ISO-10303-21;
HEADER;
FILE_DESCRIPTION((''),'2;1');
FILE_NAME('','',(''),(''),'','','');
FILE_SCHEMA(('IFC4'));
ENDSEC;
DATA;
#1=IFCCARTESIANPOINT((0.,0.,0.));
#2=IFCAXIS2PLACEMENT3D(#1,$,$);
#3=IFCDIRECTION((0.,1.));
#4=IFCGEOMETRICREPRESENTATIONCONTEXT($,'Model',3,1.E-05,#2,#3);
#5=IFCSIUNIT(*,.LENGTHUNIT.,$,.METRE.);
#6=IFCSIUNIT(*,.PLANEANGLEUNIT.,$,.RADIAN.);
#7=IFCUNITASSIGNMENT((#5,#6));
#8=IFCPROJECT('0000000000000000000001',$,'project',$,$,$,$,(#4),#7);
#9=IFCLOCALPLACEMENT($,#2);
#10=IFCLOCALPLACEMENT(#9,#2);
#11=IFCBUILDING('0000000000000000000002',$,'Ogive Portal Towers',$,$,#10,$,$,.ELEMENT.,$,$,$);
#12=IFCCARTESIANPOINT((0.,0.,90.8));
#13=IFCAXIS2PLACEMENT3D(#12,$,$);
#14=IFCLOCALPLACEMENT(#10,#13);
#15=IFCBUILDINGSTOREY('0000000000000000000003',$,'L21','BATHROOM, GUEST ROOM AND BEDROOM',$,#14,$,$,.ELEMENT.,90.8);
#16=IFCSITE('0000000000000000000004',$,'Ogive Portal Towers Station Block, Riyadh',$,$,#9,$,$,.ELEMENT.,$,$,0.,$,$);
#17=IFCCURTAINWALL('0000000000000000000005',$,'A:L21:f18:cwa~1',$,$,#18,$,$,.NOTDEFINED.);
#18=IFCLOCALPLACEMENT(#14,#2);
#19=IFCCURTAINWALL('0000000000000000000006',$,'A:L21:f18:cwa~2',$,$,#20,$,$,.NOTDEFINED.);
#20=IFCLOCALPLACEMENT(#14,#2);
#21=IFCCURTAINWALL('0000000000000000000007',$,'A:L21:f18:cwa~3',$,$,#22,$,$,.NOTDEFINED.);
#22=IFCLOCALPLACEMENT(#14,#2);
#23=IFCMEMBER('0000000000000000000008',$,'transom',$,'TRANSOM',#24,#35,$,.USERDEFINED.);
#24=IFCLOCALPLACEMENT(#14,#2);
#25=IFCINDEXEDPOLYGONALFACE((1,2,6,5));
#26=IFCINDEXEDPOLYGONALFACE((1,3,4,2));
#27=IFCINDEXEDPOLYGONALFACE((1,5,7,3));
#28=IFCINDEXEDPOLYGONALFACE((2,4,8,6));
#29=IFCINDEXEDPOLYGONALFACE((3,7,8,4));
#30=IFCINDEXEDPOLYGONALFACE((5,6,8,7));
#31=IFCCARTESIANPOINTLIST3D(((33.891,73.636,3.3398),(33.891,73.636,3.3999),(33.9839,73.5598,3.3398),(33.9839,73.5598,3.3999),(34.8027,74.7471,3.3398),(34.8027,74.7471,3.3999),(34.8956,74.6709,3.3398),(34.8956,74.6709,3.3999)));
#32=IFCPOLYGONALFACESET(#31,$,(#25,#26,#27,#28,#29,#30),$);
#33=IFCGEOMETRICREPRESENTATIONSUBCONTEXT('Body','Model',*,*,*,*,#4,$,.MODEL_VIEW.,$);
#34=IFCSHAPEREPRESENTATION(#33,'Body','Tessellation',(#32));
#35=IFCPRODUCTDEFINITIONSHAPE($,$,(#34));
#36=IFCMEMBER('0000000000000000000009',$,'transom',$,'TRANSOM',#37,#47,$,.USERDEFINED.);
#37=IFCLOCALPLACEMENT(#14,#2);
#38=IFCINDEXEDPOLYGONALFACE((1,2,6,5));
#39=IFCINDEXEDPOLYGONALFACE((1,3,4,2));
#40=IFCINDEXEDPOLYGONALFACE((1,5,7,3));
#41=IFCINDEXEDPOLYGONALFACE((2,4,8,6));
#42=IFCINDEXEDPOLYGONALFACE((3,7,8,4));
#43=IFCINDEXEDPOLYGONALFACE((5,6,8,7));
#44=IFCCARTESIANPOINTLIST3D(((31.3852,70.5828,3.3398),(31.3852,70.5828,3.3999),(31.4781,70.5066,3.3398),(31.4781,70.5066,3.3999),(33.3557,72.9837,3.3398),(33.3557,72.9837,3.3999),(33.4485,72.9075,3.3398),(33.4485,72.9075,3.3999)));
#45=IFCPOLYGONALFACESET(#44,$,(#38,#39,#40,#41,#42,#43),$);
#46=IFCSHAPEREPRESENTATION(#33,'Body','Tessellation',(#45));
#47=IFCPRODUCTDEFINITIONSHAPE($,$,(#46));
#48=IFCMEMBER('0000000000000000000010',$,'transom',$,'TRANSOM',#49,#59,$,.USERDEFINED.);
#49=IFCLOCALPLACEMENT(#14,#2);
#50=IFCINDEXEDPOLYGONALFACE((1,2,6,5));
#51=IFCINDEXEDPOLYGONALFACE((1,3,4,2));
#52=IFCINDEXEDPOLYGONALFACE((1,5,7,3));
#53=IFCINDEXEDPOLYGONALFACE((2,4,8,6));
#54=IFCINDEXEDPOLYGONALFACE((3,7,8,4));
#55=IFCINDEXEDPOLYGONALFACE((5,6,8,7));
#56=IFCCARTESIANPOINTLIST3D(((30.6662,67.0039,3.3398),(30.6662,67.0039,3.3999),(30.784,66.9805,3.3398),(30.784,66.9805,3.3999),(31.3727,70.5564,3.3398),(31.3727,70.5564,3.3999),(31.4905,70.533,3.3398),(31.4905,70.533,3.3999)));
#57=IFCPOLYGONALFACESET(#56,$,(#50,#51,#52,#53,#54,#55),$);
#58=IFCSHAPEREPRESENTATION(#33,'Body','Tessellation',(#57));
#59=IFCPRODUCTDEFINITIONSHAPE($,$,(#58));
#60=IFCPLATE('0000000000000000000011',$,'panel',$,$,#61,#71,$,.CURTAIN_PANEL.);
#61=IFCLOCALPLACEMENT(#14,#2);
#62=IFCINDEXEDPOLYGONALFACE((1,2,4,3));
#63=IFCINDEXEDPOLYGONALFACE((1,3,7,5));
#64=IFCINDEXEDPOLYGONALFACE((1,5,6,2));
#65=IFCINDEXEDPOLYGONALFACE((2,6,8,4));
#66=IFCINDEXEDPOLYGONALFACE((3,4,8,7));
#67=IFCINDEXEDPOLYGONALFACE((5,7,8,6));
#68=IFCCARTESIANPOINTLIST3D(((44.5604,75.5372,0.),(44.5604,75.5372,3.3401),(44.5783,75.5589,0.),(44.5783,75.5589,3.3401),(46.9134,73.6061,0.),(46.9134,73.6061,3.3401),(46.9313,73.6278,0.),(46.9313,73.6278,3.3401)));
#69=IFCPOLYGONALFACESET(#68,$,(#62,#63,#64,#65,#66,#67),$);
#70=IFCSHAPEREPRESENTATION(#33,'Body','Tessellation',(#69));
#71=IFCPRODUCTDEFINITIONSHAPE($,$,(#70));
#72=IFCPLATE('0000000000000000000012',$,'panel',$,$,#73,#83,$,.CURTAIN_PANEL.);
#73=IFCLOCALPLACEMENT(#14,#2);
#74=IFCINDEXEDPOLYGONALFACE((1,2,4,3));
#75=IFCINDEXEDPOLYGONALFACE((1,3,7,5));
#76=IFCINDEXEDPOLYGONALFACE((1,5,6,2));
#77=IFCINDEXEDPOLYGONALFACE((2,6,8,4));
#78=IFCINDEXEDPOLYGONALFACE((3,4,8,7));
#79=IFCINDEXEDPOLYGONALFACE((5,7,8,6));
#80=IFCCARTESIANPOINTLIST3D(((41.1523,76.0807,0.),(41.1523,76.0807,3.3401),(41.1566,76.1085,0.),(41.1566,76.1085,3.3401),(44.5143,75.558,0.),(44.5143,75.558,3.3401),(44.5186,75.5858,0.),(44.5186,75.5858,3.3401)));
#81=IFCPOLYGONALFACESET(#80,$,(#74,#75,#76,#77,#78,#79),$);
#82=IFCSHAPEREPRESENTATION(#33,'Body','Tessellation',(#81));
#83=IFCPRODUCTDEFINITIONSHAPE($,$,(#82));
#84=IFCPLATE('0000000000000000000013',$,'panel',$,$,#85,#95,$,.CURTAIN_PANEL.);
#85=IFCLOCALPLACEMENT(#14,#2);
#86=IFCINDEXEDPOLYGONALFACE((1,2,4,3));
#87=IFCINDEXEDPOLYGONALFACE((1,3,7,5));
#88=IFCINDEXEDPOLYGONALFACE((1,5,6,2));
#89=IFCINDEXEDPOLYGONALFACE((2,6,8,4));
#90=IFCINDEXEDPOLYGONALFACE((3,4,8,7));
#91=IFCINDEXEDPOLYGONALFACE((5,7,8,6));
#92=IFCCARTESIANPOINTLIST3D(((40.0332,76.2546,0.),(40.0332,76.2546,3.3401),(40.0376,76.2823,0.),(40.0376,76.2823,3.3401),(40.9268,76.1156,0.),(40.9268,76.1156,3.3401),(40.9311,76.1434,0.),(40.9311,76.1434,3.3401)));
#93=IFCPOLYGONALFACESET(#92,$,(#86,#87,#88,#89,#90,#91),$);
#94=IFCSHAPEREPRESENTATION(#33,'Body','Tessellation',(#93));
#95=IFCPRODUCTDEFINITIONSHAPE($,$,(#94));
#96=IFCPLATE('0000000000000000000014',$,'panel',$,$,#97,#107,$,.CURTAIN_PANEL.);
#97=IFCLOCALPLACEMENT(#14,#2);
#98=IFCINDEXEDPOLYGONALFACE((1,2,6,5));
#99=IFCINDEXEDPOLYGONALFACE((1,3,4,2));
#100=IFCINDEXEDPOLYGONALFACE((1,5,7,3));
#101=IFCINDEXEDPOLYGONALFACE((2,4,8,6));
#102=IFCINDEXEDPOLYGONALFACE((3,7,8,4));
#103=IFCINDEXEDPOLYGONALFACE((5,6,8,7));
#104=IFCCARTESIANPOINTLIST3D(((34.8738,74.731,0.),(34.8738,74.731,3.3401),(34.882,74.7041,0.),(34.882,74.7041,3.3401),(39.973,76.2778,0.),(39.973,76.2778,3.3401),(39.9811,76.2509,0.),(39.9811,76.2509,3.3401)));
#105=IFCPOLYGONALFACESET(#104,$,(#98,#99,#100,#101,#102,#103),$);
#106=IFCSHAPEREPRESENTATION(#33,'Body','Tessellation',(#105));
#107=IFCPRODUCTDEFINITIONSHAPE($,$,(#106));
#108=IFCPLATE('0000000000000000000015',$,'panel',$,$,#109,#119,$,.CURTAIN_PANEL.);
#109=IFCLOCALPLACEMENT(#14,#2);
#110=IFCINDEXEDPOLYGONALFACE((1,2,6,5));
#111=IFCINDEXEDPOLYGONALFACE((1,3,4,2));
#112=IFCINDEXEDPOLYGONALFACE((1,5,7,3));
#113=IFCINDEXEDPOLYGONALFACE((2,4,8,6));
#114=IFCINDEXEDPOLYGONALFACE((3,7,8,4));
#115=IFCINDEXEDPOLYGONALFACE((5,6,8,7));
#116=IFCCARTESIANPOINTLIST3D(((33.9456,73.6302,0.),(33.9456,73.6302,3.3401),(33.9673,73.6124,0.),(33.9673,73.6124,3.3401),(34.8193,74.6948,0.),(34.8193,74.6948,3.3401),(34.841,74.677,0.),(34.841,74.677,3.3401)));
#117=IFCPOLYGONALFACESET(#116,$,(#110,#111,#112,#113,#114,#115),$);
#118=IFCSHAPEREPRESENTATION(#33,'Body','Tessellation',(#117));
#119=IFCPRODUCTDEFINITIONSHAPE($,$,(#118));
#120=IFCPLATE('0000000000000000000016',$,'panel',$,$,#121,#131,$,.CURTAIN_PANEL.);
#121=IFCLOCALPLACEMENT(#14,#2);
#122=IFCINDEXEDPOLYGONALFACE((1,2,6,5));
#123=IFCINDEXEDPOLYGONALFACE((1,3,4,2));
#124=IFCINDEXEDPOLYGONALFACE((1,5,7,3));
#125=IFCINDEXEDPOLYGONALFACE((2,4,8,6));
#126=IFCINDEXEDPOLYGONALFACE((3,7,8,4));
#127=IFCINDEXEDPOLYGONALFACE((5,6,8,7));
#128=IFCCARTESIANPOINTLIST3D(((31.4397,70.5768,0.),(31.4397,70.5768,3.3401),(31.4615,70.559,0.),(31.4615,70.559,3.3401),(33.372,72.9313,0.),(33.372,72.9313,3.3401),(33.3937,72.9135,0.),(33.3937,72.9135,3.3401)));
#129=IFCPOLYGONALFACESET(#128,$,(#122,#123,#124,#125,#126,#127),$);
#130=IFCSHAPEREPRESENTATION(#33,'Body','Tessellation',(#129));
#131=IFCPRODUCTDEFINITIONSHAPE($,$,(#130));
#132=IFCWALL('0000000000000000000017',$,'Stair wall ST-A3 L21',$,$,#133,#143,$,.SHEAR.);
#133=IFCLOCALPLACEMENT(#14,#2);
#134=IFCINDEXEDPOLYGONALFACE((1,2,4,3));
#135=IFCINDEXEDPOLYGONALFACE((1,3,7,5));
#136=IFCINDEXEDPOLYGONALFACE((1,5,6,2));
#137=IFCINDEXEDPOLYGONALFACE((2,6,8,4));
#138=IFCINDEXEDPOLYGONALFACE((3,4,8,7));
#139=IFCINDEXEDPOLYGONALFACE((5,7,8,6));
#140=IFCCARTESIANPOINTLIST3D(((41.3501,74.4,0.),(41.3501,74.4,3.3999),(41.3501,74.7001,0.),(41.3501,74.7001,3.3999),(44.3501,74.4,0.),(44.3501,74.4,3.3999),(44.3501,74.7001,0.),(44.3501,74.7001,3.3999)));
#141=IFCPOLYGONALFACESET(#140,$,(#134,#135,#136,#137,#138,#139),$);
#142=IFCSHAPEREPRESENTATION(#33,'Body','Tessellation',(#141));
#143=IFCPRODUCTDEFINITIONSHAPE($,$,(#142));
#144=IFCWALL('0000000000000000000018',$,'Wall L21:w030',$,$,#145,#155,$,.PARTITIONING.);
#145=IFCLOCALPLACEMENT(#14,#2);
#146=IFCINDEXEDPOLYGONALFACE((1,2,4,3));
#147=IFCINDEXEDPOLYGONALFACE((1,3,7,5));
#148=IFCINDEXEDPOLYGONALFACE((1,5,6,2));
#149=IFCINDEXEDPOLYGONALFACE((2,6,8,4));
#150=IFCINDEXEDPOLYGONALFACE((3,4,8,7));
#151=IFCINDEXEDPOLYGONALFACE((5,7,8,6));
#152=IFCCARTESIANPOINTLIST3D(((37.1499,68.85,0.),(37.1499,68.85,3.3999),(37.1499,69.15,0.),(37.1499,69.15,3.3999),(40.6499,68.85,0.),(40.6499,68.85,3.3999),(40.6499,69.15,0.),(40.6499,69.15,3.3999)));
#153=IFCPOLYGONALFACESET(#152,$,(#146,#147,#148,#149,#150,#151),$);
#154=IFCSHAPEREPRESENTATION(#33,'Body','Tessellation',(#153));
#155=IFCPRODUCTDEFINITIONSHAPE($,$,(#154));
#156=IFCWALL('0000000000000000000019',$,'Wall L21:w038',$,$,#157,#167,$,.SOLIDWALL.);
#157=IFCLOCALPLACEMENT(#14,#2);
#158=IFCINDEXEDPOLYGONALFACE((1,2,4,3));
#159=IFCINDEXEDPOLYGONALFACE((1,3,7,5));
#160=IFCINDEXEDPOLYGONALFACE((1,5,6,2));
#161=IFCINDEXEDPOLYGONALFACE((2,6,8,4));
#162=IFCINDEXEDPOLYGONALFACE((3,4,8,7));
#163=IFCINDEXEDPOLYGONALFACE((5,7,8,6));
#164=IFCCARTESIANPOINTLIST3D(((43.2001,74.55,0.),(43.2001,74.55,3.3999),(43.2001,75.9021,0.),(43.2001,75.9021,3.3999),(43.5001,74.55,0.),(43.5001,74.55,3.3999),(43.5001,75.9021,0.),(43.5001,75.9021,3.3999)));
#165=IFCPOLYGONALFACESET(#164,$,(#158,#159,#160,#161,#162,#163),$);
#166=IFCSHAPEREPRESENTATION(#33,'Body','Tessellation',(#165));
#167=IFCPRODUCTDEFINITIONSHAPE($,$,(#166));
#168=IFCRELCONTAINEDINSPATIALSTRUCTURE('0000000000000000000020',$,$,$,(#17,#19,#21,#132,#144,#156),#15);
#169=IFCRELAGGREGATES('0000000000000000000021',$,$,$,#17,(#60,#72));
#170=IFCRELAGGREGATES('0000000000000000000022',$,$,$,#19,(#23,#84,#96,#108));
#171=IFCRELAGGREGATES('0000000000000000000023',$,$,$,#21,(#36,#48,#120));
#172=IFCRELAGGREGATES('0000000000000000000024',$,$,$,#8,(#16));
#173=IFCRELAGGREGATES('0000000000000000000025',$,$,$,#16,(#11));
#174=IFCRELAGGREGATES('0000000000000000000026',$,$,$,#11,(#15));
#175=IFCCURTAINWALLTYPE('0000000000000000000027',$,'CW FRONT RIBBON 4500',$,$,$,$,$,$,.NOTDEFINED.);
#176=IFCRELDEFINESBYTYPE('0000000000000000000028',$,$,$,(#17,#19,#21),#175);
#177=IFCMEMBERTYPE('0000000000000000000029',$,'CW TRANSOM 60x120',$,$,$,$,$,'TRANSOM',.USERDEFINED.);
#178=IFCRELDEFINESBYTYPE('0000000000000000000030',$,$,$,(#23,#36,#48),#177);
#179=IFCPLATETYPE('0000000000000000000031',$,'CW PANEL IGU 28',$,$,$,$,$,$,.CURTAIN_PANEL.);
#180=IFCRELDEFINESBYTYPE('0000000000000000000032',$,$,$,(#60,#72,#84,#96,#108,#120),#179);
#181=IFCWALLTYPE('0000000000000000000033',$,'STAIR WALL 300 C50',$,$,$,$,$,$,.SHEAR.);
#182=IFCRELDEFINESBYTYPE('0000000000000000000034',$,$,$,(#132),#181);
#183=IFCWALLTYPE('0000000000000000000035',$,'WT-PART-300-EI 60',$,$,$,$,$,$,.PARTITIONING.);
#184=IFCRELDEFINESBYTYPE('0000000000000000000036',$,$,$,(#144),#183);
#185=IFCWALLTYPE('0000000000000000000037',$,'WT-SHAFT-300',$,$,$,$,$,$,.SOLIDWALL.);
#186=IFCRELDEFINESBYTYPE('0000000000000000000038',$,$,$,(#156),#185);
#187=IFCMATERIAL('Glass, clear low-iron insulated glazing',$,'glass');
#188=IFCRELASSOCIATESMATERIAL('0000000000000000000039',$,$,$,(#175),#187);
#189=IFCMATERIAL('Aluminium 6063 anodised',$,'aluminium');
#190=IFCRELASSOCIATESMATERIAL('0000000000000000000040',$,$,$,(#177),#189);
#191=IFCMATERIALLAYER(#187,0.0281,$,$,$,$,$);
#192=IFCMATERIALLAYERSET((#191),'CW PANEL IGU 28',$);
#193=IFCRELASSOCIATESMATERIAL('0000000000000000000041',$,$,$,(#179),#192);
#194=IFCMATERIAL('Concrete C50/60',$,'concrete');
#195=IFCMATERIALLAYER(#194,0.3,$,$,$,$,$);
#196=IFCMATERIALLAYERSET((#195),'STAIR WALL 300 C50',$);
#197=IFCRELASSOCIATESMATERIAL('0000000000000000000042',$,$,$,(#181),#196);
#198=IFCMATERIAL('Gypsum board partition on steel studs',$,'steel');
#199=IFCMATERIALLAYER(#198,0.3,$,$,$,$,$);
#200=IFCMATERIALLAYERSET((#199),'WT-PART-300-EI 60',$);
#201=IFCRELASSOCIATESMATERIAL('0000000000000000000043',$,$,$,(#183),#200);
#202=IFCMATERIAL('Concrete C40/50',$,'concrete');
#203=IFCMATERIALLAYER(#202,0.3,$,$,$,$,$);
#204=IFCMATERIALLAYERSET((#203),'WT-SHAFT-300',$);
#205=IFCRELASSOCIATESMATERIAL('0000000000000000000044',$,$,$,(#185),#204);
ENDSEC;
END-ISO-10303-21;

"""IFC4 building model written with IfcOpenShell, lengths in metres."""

from ifc_helpers import new_model, si_unit, direction, frame, frame_2d, origin, origin_2d, place, context, subcontext, project, spatial, rectangle, extrude, material, layer, layer_set, material_profile, profile_set, type_object, element, aggregate, save


model = new_model("IFC4")

# Units and contexts
model_context = context("Model", 3, precision=1e-05, world=origin(), true_north=direction((0.0, 1.0)))
body_context = subcontext(model_context, "Body", "Model", "MODEL_VIEW")
ifc_project = project(units=[si_unit("LENGTHUNIT", "METRE"), si_unit("PLANEANGLEUNIT", "RADIAN")], contexts=[model_context])

# Site, building, storey
site_placement = place(None, origin())
site = spatial("IfcSite", under=ifc_project, at=site_placement, Name="Ogive Portal Towers Station Block, Riyadh", CompositionType="ELEMENT", RefElevation=0.0)
building_placement = place(site_placement, origin())
building = spatial("IfcBuilding", under=site, at=building_placement, Name="Ogive Portal Towers", CompositionType="ELEMENT")
storey_placement = place(building_placement, frame((0.0, 0.0, 90.8)))
storey = spatial("IfcBuildingStorey", under=building, at=storey_placement, Name="L21", Description="BATHROOM, GUEST ROOM AND BEDROOM", CompositionType="ELEMENT", Elevation=90.8)

# Shared definitions
ifc_material_1 = material(Name="Concrete C40/50", Category="concrete")

# Curtain walls
ifc_material_2 = material(Name="Glass, clear low-iron insulated glazing", Category="glass")
curtain_wall_type = type_object("IfcCurtainWallType", Name="CW FRONT RIBBON 4500", PredefinedType="NOTDEFINED", material=ifc_material_2)
curtain_wall_1_placement = place(storey_placement, origin())
curtain_wall_1 = element("IfcCurtainWall", 1, at=curtain_wall_1_placement, inside=storey, type_object=curtain_wall_type, Name="A:L21:f18:cwa~1", PredefinedType="NOTDEFINED")
ifc_material_3 = material(Name="Aluminium 6063 anodised", Category="aluminium")
curtain_wall_2_placement = place(storey_placement, origin())
curtain_wall_2 = element("IfcCurtainWall", 2, at=curtain_wall_2_placement, inside=storey, type_object=curtain_wall_type, Name="A:L21:f18:cwa~2", PredefinedType="NOTDEFINED")
curtain_wall_3_placement = place(storey_placement, origin())
curtain_wall_3 = element("IfcCurtainWall", 3, at=curtain_wall_3_placement, inside=storey, type_object=curtain_wall_type, Name="A:L21:f18:cwa~3", PredefinedType="NOTDEFINED")

# Members
ifc_material_profile_1 = material_profile(ifc_material_3, rectangle(XDim=0.1201, YDim=0.0601, at=origin_2d()), Name="AL 120x60")
ifc_profile_set_1 = profile_set([ifc_material_profile_1], Name="Aluminium 6063 anodised")
member_type_1 = type_object("IfcMemberType", Name="CW TRANSOM 60x120", ElementType="TRANSOM", PredefinedType="USERDEFINED", material=ifc_profile_set_1)
member_1_placement = place(storey_placement, frame((34.8491, 74.709, 3.3699), z_axis=(-0.634301, -0.773086, 0.0), x_axis=(0.773086, -0.634301, 0.0)))
member_1 = element("IfcMember", 4, at=member_1_placement, type_object=member_type_1, Name="transom", ObjectType="TRANSOM", PredefinedType="USERDEFINED", context=body_context, shape_type="SweptSolid", body=[
    extrude(rectangle(XDim=0.1201, YDim=0.0601, at=origin_2d()), origin(), (0.0, 0.0, 1.0), 1.4373),
])
member_2_placement = place(storey_placement, frame((33.4021, 72.9456, 3.3699), z_axis=(-0.634414, -0.772993, 0.0), x_axis=(0.772993, -0.634414, 0.0)))
member_2 = element("IfcMember", 5, at=member_2_placement, type_object=member_type_1, Name="transom", ObjectType="TRANSOM", PredefinedType="USERDEFINED", context=body_context, shape_type="SweptSolid", body=[
    extrude(rectangle(XDim=0.1201, YDim=0.0601, at=origin_2d()), origin(), (0.0, 0.0, 1.0), 3.106),
])
member_3_placement = place(storey_placement, frame((31.4316, 70.5447, 3.3699), z_axis=(-0.195066, -0.98079, 0.0), x_axis=(0.98079, -0.195066, 0.0)))
member_3 = element("IfcMember", 6, at=member_3_placement, type_object=member_type_1, Name="transom", ObjectType="TRANSOM", PredefinedType="USERDEFINED", context=body_context, shape_type="SweptSolid", body=[
    extrude(rectangle(XDim=0.1201, YDim=0.0601, at=origin_2d()), origin(), (0.0, 0.0, 1.0), 3.6221),
])

# Plates
ifc_layer_1 = layer(ifc_material_2, 0.0281)
ifc_layer_set_1 = layer_set([ifc_layer_1], Name="CW PANEL IGU 28")
plate_type = type_object("IfcPlateType", Name="CW PANEL IGU 28", PredefinedType="CURTAIN_PANEL", material=ifc_layer_set_1)
plate_1_placement = place(storey_placement, frame((45.7458, 74.5825, 0.0), z_axis=(0.0, 0.0, 1.0), x_axis=(-0.77301, 0.634393, 0.0)))
plate_1 = element("IfcPlate", 7, at=plate_1_placement, type_object=plate_type, Name="panel", PredefinedType="CURTAIN_PANEL", context=body_context, shape_type="SweptSolid", body=[
    extrude(rectangle(XDim=3.0439, YDim=0.0281, at=origin_2d()), origin(), (0.0, 0.0, 1.0), 3.3401),
])
plate_2_placement = place(storey_placement, frame((42.8354, 75.8333, 0.0), z_axis=(0.0, 0.0, 1.0), x_axis=(-0.988128, 0.153636, 0.0)))
plate_2 = element("IfcPlate", 8, at=plate_2_placement, type_object=plate_type, Name="panel", PredefinedType="CURTAIN_PANEL", context=body_context, shape_type="SweptSolid", body=[
    extrude(rectangle(XDim=3.4023, YDim=0.0281, at=origin_2d()), origin(), (0.0, 0.0, 1.0), 3.3401),
])
aggregate(curtain_wall_1, [plate_1, plate_2])
plate_3_placement = place(storey_placement, frame((40.4822, 76.199, 0.0), z_axis=(0.0, 0.0, 1.0), x_axis=(-0.988128, 0.153636, 0.0)))
plate_3 = element("IfcPlate", 9, at=plate_3_placement, type_object=plate_type, Name="panel", PredefinedType="CURTAIN_PANEL", context=body_context, shape_type="SweptSolid", body=[
    extrude(rectangle(XDim=0.9043, YDim=0.0281, at=origin_2d()), origin(), (0.0, 0.0, 1.0), 3.3401),
])
plate_4_placement = place(storey_placement, frame((37.4275, 75.491, 0.0), z_axis=(0.0, 0.0, 1.0), x_axis=(-0.95694, -0.290285, 0.0)))
plate_4 = element("IfcPlate", 10, at=plate_4_placement, type_object=plate_type, Name="panel", PredefinedType="CURTAIN_PANEL", context=body_context, shape_type="SweptSolid", body=[
    extrude(rectangle(XDim=5.3286, YDim=0.0281, at=origin_2d()), origin(), (0.0, 0.0, 1.0), 3.3401),
])
plate_5_placement = place(storey_placement, frame((34.3933, 74.1536, 0.0), z_axis=(0.0, 0.0, 1.0), x_axis=(-0.634393, -0.77301, 0.0)))
plate_5 = element("IfcPlate", 11, at=plate_5_placement, type_object=plate_type, Name="panel", PredefinedType="CURTAIN_PANEL", context=body_context, shape_type="SweptSolid", body=[
    extrude(rectangle(XDim=1.3772, YDim=0.0281, at=origin_2d()), origin(), (0.0, 0.0, 1.0), 3.3401),
])
aggregate(curtain_wall_2, [member_1, plate_3, plate_4, plate_5])
plate_6_placement = place(storey_placement, frame((32.4167, 71.7451, 0.0), z_axis=(0.0, 0.0, 1.0), x_axis=(-0.634393, -0.77301, 0.0)))
plate_6 = element("IfcPlate", 12, at=plate_6_placement, type_object=plate_type, Name="panel", PredefinedType="CURTAIN_PANEL", context=body_context, shape_type="SweptSolid", body=[
    extrude(rectangle(XDim=3.0459, YDim=0.0281, at=origin_2d()), origin(), (0.0, 0.0, 1.0), 3.3401),
])
aggregate(curtain_wall_3, [member_2, member_3, plate_6])

# Walls
ifc_material_4 = material(Name="Concrete C50/60", Category="concrete")
ifc_layer_2 = layer(ifc_material_4, 0.3)
ifc_layer_set_2 = layer_set([ifc_layer_2], Name="STAIR WALL 300 C50")
wall_type_1 = type_object("IfcWallType", Name="STAIR WALL 300 C50", PredefinedType="SHEAR", material=ifc_layer_set_2)
wall_1_placement = place(storey_placement, frame((41.3501, 74.55, 0.0), z_axis=(0.0, 0.0, 1.0), x_axis=(1.0, 0.0, 0.0)))
element("IfcWall", 13, at=wall_1_placement, inside=storey, type_object=wall_type_1, Name="Stair wall ST-A3 L21", PredefinedType="SHEAR", context=body_context, shape_type="SweptSolid", body=[
    extrude(rectangle(XDim=3.0, YDim=0.3, at=frame_2d((1.5, 0.0))), origin(), (0.0, 0.0, 1.0), 3.3999),
])
ifc_material_5 = material(Name="Gypsum board partition on steel studs", Category="steel")
ifc_layer_3 = layer(ifc_material_5, 0.3)
ifc_layer_set_3 = layer_set([ifc_layer_3], Name="WT-PART-300-EI 60")
wall_type_2 = type_object("IfcWallType", Name="WT-PART-300-EI 60", PredefinedType="PARTITIONING", material=ifc_layer_set_3)
wall_2_placement = place(storey_placement, frame((37.1499, 69.0, 0.0), z_axis=(0.0, 0.0, 1.0), x_axis=(1.0, 0.0, 0.0)))
element("IfcWall", 14, at=wall_2_placement, inside=storey, type_object=wall_type_2, Name="Wall L21:w030", PredefinedType="PARTITIONING", context=body_context, shape_type="SweptSolid", body=[
    extrude(rectangle(XDim=3.5, YDim=0.3, at=frame_2d((1.75, 0.0))), origin(), (0.0, 0.0, 1.0), 3.3999),
])
ifc_layer_4 = layer(ifc_material_1, 0.3)
ifc_layer_set_4 = layer_set([ifc_layer_4], Name="WT-SHAFT-300")
wall_type_3 = type_object("IfcWallType", Name="WT-SHAFT-300", PredefinedType="SOLIDWALL", material=ifc_layer_set_4)
wall_3_placement = place(storey_placement, frame((43.3501, 74.55, 0.0), z_axis=(0.0, 0.0, 1.0), x_axis=(0.0, 1.0, 0.0)))
element("IfcWall", 15, at=wall_3_placement, inside=storey, type_object=wall_type_3, Name="Wall L21:w038", PredefinedType="SOLIDWALL", context=body_context, shape_type="SweptSolid", body=[
    extrude(rectangle(XDim=1.3521, YDim=0.3, at=frame_2d((0.676, 0.0))), origin(), (0.0, 0.0, 1.0), 3.3999),
])

save(model, "model.ifc")
